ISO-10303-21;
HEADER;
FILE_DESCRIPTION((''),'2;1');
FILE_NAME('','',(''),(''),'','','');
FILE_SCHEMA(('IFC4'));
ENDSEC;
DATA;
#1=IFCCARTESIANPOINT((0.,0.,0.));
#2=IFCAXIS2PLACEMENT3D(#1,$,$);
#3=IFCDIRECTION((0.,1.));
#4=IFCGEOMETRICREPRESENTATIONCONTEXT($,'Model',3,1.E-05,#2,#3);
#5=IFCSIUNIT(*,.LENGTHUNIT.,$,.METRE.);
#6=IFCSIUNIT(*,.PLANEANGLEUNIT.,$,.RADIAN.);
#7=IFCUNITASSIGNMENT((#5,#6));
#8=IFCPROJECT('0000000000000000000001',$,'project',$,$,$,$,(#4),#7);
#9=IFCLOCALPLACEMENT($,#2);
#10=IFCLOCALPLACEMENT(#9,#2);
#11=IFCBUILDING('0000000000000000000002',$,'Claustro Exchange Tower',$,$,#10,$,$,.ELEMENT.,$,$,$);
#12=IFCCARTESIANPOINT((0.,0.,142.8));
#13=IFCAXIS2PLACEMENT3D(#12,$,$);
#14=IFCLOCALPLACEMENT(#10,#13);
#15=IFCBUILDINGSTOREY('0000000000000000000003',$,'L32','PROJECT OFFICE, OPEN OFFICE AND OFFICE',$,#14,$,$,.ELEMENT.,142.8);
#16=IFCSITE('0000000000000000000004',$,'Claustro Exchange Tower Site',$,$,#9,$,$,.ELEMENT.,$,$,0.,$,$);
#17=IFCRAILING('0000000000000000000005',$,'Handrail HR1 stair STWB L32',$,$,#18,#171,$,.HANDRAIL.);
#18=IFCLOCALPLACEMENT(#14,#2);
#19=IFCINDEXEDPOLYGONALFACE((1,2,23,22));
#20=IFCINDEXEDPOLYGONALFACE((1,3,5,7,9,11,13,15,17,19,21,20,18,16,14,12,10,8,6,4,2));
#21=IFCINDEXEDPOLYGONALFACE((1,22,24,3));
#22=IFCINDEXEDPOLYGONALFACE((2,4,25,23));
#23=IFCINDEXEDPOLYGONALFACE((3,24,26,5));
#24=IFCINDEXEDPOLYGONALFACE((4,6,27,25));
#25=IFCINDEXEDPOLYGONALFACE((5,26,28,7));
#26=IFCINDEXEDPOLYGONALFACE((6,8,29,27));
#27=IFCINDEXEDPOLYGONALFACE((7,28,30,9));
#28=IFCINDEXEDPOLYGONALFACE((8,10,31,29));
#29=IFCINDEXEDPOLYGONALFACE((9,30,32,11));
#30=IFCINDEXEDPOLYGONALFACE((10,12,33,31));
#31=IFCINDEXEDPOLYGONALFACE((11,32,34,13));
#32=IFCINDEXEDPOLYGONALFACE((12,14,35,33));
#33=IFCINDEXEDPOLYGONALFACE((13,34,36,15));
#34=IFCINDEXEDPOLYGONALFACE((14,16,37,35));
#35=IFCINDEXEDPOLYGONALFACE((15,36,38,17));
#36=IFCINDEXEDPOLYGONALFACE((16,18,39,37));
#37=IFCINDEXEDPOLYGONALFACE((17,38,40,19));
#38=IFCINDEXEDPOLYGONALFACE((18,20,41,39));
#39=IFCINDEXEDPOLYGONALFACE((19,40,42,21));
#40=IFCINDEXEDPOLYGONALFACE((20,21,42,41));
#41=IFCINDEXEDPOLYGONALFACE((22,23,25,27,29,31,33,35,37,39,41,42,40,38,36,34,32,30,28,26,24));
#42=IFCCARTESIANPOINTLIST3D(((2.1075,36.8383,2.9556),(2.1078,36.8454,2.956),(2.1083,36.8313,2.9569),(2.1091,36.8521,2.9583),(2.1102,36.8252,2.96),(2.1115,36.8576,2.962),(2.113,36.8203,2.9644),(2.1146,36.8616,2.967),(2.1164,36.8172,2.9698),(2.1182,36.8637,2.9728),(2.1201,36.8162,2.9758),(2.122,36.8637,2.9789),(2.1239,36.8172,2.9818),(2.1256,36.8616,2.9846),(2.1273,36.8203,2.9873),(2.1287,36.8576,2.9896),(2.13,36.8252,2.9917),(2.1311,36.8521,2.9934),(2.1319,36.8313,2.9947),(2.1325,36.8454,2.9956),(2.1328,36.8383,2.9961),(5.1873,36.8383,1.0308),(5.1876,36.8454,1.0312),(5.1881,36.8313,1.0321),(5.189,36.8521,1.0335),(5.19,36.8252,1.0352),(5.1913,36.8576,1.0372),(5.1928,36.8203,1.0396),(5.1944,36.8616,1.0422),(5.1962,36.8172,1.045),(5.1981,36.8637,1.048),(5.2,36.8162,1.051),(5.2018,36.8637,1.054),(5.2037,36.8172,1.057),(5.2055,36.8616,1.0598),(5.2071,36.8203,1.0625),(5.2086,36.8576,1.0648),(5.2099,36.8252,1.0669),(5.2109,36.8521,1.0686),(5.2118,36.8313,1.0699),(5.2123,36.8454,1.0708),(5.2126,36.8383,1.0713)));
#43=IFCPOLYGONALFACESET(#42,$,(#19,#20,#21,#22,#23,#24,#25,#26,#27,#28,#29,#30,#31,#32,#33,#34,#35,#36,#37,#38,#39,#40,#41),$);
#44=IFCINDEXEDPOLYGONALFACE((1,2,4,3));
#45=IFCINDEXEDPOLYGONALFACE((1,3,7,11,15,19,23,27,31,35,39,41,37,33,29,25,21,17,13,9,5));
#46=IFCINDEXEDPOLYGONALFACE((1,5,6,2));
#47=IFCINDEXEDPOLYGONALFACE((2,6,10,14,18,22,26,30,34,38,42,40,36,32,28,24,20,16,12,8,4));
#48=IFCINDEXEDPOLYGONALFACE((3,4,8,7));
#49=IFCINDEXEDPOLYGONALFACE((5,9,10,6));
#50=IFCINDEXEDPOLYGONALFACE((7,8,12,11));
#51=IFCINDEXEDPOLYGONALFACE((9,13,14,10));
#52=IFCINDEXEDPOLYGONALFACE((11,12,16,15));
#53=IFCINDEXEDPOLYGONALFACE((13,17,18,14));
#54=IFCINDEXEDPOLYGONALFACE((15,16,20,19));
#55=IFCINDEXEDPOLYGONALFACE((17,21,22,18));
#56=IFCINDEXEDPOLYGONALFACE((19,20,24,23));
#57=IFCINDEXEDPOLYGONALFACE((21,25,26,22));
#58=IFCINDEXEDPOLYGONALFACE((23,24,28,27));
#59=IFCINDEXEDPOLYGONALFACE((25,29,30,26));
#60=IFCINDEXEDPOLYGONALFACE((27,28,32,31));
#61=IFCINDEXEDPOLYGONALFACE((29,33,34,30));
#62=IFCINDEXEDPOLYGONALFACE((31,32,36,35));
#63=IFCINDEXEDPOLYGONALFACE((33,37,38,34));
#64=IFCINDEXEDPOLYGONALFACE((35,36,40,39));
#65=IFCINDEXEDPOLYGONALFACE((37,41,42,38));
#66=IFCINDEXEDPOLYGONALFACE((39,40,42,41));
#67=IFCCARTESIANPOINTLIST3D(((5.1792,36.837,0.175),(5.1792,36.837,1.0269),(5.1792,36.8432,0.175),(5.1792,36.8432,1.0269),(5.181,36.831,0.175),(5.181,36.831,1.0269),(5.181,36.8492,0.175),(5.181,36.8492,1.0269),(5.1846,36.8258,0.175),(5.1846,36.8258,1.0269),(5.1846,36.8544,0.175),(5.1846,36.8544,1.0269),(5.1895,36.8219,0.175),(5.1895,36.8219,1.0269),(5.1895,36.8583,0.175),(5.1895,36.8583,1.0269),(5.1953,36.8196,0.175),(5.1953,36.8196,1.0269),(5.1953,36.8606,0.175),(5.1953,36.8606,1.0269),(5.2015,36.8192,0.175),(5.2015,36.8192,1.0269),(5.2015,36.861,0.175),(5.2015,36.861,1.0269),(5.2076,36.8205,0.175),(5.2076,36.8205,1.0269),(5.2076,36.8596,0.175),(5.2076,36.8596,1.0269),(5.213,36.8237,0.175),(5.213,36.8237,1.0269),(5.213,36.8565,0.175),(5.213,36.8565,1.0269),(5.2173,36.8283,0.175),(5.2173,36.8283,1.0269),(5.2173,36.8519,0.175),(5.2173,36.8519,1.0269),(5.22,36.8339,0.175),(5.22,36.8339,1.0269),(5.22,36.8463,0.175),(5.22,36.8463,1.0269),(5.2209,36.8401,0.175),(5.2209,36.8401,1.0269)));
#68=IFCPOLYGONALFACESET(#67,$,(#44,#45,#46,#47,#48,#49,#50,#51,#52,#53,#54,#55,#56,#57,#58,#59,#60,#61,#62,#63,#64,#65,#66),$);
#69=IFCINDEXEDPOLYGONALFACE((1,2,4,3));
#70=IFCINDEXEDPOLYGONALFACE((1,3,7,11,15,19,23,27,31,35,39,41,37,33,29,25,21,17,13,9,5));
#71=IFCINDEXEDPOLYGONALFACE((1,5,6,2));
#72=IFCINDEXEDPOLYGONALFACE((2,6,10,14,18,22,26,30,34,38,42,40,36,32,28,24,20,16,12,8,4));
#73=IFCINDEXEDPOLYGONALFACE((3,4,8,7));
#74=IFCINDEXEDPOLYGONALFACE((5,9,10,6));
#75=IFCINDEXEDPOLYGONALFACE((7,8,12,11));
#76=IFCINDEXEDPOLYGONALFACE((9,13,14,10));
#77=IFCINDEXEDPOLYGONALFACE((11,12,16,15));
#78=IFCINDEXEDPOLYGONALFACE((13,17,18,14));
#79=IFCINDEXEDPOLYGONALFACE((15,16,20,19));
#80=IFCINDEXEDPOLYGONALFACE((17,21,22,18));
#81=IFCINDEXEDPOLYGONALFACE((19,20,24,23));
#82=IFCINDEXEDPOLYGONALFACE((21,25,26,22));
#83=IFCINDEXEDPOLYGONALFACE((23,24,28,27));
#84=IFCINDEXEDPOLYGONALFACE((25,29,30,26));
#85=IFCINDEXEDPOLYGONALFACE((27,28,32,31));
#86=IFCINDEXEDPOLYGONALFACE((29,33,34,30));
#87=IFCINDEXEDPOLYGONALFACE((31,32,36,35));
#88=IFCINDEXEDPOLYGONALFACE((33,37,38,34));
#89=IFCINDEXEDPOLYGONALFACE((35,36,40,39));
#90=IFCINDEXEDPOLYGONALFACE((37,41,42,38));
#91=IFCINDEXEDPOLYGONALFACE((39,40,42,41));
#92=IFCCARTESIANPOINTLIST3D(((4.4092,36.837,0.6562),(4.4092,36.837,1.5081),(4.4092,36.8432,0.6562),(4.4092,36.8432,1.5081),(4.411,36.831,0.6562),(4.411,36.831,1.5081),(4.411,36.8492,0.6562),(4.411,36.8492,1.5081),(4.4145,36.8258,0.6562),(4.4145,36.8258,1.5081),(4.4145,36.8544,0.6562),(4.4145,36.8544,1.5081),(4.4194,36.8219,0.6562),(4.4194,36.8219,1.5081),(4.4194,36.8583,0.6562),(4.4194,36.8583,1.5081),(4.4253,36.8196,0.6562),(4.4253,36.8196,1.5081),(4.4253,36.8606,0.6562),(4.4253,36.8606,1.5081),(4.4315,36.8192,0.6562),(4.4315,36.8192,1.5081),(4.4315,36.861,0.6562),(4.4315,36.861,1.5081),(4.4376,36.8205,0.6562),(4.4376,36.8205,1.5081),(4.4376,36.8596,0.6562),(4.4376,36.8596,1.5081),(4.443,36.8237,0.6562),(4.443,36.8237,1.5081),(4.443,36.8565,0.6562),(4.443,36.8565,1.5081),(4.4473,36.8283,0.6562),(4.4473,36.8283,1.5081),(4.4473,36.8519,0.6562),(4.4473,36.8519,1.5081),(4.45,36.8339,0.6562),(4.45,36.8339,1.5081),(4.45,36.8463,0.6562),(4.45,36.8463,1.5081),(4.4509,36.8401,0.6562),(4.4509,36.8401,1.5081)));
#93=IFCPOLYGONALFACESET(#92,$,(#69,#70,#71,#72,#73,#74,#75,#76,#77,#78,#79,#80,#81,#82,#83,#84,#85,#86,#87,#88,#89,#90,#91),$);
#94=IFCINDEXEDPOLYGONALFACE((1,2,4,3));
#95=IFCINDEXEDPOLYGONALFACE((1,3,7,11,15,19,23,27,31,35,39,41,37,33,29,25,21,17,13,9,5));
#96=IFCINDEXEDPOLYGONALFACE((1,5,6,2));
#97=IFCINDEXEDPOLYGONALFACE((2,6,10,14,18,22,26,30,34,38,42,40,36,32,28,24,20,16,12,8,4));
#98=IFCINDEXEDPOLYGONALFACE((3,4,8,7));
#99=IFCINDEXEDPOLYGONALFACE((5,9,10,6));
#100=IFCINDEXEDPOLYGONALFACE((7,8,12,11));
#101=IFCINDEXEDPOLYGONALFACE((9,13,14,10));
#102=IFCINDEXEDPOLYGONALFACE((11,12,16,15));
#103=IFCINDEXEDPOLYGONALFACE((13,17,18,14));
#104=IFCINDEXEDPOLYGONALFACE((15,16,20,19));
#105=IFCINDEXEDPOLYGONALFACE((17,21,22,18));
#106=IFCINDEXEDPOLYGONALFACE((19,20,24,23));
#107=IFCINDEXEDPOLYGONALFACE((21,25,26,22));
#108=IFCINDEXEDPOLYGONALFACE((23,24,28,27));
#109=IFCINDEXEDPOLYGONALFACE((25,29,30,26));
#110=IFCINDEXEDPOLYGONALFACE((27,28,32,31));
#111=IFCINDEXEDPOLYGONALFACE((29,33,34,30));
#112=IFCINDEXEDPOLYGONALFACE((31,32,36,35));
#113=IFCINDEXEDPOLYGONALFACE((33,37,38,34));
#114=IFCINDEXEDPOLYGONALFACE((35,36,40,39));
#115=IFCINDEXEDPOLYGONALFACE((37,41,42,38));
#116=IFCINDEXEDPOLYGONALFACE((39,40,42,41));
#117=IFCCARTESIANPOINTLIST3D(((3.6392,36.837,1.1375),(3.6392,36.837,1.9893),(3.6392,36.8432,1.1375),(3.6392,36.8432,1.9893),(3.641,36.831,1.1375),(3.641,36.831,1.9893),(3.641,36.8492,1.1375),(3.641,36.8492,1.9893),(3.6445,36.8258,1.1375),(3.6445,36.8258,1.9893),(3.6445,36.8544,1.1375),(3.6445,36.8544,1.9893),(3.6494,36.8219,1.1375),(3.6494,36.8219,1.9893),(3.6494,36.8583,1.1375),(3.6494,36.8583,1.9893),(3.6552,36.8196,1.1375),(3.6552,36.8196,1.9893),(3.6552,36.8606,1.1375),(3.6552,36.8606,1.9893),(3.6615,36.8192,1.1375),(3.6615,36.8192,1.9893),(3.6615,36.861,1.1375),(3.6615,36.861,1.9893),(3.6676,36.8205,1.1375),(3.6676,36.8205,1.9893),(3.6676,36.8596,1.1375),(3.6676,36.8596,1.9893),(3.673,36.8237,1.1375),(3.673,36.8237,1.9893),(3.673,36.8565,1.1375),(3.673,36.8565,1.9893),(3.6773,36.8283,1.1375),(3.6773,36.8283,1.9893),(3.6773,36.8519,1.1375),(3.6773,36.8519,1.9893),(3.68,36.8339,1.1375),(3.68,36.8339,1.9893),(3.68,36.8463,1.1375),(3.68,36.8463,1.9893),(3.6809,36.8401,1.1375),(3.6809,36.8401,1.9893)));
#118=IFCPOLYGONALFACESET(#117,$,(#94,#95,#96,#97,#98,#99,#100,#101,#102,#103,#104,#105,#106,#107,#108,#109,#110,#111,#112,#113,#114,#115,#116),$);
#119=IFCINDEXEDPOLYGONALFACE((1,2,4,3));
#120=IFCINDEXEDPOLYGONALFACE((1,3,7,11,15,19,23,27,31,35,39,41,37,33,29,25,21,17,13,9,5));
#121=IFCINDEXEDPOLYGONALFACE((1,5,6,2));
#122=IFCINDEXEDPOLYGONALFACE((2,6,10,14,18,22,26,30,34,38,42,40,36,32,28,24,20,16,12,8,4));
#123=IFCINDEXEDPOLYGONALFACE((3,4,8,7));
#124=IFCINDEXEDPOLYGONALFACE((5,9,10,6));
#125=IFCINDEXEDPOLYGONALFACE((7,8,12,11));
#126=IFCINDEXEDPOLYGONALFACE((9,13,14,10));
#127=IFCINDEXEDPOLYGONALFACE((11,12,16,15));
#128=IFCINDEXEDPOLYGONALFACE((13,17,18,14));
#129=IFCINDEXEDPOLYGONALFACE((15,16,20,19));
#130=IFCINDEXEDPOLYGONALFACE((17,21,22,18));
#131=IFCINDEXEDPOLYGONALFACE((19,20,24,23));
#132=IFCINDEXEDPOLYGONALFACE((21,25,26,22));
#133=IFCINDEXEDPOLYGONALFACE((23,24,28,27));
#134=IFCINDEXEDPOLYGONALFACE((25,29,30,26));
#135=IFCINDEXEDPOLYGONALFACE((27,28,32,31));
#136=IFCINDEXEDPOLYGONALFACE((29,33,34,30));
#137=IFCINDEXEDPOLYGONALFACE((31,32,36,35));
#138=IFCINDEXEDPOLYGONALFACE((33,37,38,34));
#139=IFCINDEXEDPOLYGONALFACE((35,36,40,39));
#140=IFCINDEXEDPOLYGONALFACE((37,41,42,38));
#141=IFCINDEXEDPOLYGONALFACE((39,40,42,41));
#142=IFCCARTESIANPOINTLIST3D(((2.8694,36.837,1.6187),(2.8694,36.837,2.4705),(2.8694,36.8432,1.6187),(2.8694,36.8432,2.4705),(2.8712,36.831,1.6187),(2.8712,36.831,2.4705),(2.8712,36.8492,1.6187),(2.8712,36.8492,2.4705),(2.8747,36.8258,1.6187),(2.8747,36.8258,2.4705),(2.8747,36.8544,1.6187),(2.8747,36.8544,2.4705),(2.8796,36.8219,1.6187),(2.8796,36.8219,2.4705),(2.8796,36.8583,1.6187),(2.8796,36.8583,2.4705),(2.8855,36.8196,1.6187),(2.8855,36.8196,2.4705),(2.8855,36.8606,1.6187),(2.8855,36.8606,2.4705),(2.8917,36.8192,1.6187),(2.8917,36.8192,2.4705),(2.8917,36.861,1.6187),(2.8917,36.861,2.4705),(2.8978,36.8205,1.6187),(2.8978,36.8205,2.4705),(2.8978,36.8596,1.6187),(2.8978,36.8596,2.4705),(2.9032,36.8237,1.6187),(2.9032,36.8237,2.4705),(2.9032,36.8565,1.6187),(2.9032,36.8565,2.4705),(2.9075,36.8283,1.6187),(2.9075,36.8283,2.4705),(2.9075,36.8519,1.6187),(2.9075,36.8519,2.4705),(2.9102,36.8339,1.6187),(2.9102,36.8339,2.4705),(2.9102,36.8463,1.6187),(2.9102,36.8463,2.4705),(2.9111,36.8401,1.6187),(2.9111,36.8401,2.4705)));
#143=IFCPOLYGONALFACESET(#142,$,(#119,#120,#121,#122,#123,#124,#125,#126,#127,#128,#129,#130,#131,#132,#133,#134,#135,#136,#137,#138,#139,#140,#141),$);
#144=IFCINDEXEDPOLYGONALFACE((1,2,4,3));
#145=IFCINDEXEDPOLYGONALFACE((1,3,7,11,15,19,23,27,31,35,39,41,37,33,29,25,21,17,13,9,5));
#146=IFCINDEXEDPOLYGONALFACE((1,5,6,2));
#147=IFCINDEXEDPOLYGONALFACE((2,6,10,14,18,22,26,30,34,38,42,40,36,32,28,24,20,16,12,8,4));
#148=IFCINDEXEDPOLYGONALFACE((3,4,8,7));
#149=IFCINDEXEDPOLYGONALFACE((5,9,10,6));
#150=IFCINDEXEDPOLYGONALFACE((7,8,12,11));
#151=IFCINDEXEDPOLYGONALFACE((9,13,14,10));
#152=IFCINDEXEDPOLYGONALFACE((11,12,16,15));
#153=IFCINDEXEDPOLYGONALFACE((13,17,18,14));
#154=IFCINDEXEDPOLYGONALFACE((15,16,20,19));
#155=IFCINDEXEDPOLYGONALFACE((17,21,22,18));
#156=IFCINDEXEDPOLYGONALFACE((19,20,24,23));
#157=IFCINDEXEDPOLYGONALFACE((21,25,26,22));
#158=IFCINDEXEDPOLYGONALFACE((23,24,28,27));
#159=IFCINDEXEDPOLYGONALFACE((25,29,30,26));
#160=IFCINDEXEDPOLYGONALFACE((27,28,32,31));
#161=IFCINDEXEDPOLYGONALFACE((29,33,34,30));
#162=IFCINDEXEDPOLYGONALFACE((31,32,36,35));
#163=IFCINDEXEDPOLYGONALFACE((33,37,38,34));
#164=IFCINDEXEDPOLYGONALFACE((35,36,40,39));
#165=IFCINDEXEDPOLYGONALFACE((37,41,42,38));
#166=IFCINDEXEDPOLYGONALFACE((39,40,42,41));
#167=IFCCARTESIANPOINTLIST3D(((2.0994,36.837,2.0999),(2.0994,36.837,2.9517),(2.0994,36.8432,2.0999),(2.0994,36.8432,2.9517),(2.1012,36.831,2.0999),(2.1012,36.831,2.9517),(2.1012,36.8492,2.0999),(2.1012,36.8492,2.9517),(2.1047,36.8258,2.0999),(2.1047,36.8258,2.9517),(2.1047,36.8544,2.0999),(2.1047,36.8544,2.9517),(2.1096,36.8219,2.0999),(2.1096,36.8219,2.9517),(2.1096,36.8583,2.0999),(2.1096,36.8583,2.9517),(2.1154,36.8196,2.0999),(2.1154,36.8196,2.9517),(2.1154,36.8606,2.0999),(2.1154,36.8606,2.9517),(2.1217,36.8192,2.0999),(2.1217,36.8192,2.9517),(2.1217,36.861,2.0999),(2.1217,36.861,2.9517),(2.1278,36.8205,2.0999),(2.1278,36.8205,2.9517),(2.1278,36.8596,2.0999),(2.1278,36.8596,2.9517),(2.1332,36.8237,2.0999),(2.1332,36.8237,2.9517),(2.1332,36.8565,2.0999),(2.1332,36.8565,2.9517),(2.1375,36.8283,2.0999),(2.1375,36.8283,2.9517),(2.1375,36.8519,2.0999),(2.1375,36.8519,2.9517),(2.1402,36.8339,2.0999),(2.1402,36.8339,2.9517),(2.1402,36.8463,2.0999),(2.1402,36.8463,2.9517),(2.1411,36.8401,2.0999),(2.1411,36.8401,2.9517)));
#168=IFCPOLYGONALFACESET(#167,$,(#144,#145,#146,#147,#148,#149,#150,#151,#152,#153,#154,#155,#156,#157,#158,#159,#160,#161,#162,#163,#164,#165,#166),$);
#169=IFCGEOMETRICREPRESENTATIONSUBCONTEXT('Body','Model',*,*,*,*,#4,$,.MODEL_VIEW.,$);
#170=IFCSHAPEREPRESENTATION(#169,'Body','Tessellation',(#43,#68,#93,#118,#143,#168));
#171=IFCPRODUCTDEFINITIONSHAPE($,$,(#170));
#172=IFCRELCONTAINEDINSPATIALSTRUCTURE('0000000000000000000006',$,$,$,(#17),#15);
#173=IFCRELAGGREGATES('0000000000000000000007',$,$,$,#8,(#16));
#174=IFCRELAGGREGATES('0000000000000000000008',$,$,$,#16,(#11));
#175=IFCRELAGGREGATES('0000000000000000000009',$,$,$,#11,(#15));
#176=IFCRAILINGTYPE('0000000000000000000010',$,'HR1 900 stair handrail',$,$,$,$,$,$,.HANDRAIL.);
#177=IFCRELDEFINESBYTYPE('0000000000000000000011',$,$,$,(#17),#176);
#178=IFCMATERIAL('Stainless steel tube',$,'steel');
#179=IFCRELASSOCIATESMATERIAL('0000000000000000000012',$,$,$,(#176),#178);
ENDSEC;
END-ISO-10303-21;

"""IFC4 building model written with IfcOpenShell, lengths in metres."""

from ifc_helpers import new_model, si_unit, direction, frame, origin, origin_2d, place, context, subcontext, project, spatial, circle, extrude, material, type_object, element, save


model = new_model("IFC4")

# Units and contexts
model_context = context("Model", 3, precision=1e-05, world=origin(), true_north=direction((0.0, 1.0)))
body_context = subcontext(model_context, "Body", "Model", "MODEL_VIEW")
ifc_project = project(units=[si_unit("LENGTHUNIT", "METRE"), si_unit("PLANEANGLEUNIT", "RADIAN")], contexts=[model_context])

# Site, building, storey
site_placement = place(None, origin())
site = spatial("IfcSite", under=ifc_project, at=site_placement, Name="Claustro Exchange Tower Site", CompositionType="ELEMENT", RefElevation=0.0)
building_placement = place(site_placement, origin())
building = spatial("IfcBuilding", under=site, at=building_placement, Name="Claustro Exchange Tower", CompositionType="ELEMENT")
storey_placement = place(building_placement, frame((0.0, 0.0, 142.8)))
storey = spatial("IfcBuildingStorey", under=building, at=storey_placement, Name="L32", Description="PROJECT OFFICE, OPEN OFFICE AND OFFICE", CompositionType="ELEMENT", Elevation=142.8)

# Railing
ifc_material_1 = material(Name="Stainless steel tube", Category="steel")
railing_type_1 = type_object("IfcRailingType", Name="HR1 900 stair handrail", PredefinedType="HANDRAIL", material=ifc_material_1)
railing_1_placement = place(storey_placement, frame((5.2, 36.8401, 0.175)))
element("IfcRailing", 1, at=railing_1_placement, inside=storey, type_object=railing_type_1, Name="Handrail HR1 stair STWB L32", PredefinedType="HANDRAIL", context=body_context, shape_type="SweptSolid", body=[
    extrude(circle(Radius=0.0239, at=origin_2d()), frame((0.0, 0.0, 0.876), z_axis=(-0.84801, 0.0, 0.529981), x_axis=(0.0, -1.0, 0.0)), (0.0, 0.0, 1.0), 3.6318),
    extrude(circle(Radius=0.021, at=origin_2d()), origin(), (0.0, 0.0, 1.0), 0.8518),
    extrude(circle(Radius=0.021, at=origin_2d()), frame((-0.77, 0.0, 0.4812)), (0.0, 0.0, 1.0), 0.8518),
    extrude(circle(Radius=0.021, at=origin_2d()), frame((-1.54, 0.0, 0.9624)), (0.0, 0.0, 1.0), 0.8518),
    extrude(circle(Radius=0.021, at=origin_2d()), frame((-2.3098, 0.0, 1.4436)), (0.0, 0.0, 1.0), 0.8518),
    extrude(circle(Radius=0.021, at=origin_2d()), frame((-3.0798, 0.0, 1.9248)), (0.0, 0.0, 1.0), 0.8518),
])

save(model, "model.ifc")
